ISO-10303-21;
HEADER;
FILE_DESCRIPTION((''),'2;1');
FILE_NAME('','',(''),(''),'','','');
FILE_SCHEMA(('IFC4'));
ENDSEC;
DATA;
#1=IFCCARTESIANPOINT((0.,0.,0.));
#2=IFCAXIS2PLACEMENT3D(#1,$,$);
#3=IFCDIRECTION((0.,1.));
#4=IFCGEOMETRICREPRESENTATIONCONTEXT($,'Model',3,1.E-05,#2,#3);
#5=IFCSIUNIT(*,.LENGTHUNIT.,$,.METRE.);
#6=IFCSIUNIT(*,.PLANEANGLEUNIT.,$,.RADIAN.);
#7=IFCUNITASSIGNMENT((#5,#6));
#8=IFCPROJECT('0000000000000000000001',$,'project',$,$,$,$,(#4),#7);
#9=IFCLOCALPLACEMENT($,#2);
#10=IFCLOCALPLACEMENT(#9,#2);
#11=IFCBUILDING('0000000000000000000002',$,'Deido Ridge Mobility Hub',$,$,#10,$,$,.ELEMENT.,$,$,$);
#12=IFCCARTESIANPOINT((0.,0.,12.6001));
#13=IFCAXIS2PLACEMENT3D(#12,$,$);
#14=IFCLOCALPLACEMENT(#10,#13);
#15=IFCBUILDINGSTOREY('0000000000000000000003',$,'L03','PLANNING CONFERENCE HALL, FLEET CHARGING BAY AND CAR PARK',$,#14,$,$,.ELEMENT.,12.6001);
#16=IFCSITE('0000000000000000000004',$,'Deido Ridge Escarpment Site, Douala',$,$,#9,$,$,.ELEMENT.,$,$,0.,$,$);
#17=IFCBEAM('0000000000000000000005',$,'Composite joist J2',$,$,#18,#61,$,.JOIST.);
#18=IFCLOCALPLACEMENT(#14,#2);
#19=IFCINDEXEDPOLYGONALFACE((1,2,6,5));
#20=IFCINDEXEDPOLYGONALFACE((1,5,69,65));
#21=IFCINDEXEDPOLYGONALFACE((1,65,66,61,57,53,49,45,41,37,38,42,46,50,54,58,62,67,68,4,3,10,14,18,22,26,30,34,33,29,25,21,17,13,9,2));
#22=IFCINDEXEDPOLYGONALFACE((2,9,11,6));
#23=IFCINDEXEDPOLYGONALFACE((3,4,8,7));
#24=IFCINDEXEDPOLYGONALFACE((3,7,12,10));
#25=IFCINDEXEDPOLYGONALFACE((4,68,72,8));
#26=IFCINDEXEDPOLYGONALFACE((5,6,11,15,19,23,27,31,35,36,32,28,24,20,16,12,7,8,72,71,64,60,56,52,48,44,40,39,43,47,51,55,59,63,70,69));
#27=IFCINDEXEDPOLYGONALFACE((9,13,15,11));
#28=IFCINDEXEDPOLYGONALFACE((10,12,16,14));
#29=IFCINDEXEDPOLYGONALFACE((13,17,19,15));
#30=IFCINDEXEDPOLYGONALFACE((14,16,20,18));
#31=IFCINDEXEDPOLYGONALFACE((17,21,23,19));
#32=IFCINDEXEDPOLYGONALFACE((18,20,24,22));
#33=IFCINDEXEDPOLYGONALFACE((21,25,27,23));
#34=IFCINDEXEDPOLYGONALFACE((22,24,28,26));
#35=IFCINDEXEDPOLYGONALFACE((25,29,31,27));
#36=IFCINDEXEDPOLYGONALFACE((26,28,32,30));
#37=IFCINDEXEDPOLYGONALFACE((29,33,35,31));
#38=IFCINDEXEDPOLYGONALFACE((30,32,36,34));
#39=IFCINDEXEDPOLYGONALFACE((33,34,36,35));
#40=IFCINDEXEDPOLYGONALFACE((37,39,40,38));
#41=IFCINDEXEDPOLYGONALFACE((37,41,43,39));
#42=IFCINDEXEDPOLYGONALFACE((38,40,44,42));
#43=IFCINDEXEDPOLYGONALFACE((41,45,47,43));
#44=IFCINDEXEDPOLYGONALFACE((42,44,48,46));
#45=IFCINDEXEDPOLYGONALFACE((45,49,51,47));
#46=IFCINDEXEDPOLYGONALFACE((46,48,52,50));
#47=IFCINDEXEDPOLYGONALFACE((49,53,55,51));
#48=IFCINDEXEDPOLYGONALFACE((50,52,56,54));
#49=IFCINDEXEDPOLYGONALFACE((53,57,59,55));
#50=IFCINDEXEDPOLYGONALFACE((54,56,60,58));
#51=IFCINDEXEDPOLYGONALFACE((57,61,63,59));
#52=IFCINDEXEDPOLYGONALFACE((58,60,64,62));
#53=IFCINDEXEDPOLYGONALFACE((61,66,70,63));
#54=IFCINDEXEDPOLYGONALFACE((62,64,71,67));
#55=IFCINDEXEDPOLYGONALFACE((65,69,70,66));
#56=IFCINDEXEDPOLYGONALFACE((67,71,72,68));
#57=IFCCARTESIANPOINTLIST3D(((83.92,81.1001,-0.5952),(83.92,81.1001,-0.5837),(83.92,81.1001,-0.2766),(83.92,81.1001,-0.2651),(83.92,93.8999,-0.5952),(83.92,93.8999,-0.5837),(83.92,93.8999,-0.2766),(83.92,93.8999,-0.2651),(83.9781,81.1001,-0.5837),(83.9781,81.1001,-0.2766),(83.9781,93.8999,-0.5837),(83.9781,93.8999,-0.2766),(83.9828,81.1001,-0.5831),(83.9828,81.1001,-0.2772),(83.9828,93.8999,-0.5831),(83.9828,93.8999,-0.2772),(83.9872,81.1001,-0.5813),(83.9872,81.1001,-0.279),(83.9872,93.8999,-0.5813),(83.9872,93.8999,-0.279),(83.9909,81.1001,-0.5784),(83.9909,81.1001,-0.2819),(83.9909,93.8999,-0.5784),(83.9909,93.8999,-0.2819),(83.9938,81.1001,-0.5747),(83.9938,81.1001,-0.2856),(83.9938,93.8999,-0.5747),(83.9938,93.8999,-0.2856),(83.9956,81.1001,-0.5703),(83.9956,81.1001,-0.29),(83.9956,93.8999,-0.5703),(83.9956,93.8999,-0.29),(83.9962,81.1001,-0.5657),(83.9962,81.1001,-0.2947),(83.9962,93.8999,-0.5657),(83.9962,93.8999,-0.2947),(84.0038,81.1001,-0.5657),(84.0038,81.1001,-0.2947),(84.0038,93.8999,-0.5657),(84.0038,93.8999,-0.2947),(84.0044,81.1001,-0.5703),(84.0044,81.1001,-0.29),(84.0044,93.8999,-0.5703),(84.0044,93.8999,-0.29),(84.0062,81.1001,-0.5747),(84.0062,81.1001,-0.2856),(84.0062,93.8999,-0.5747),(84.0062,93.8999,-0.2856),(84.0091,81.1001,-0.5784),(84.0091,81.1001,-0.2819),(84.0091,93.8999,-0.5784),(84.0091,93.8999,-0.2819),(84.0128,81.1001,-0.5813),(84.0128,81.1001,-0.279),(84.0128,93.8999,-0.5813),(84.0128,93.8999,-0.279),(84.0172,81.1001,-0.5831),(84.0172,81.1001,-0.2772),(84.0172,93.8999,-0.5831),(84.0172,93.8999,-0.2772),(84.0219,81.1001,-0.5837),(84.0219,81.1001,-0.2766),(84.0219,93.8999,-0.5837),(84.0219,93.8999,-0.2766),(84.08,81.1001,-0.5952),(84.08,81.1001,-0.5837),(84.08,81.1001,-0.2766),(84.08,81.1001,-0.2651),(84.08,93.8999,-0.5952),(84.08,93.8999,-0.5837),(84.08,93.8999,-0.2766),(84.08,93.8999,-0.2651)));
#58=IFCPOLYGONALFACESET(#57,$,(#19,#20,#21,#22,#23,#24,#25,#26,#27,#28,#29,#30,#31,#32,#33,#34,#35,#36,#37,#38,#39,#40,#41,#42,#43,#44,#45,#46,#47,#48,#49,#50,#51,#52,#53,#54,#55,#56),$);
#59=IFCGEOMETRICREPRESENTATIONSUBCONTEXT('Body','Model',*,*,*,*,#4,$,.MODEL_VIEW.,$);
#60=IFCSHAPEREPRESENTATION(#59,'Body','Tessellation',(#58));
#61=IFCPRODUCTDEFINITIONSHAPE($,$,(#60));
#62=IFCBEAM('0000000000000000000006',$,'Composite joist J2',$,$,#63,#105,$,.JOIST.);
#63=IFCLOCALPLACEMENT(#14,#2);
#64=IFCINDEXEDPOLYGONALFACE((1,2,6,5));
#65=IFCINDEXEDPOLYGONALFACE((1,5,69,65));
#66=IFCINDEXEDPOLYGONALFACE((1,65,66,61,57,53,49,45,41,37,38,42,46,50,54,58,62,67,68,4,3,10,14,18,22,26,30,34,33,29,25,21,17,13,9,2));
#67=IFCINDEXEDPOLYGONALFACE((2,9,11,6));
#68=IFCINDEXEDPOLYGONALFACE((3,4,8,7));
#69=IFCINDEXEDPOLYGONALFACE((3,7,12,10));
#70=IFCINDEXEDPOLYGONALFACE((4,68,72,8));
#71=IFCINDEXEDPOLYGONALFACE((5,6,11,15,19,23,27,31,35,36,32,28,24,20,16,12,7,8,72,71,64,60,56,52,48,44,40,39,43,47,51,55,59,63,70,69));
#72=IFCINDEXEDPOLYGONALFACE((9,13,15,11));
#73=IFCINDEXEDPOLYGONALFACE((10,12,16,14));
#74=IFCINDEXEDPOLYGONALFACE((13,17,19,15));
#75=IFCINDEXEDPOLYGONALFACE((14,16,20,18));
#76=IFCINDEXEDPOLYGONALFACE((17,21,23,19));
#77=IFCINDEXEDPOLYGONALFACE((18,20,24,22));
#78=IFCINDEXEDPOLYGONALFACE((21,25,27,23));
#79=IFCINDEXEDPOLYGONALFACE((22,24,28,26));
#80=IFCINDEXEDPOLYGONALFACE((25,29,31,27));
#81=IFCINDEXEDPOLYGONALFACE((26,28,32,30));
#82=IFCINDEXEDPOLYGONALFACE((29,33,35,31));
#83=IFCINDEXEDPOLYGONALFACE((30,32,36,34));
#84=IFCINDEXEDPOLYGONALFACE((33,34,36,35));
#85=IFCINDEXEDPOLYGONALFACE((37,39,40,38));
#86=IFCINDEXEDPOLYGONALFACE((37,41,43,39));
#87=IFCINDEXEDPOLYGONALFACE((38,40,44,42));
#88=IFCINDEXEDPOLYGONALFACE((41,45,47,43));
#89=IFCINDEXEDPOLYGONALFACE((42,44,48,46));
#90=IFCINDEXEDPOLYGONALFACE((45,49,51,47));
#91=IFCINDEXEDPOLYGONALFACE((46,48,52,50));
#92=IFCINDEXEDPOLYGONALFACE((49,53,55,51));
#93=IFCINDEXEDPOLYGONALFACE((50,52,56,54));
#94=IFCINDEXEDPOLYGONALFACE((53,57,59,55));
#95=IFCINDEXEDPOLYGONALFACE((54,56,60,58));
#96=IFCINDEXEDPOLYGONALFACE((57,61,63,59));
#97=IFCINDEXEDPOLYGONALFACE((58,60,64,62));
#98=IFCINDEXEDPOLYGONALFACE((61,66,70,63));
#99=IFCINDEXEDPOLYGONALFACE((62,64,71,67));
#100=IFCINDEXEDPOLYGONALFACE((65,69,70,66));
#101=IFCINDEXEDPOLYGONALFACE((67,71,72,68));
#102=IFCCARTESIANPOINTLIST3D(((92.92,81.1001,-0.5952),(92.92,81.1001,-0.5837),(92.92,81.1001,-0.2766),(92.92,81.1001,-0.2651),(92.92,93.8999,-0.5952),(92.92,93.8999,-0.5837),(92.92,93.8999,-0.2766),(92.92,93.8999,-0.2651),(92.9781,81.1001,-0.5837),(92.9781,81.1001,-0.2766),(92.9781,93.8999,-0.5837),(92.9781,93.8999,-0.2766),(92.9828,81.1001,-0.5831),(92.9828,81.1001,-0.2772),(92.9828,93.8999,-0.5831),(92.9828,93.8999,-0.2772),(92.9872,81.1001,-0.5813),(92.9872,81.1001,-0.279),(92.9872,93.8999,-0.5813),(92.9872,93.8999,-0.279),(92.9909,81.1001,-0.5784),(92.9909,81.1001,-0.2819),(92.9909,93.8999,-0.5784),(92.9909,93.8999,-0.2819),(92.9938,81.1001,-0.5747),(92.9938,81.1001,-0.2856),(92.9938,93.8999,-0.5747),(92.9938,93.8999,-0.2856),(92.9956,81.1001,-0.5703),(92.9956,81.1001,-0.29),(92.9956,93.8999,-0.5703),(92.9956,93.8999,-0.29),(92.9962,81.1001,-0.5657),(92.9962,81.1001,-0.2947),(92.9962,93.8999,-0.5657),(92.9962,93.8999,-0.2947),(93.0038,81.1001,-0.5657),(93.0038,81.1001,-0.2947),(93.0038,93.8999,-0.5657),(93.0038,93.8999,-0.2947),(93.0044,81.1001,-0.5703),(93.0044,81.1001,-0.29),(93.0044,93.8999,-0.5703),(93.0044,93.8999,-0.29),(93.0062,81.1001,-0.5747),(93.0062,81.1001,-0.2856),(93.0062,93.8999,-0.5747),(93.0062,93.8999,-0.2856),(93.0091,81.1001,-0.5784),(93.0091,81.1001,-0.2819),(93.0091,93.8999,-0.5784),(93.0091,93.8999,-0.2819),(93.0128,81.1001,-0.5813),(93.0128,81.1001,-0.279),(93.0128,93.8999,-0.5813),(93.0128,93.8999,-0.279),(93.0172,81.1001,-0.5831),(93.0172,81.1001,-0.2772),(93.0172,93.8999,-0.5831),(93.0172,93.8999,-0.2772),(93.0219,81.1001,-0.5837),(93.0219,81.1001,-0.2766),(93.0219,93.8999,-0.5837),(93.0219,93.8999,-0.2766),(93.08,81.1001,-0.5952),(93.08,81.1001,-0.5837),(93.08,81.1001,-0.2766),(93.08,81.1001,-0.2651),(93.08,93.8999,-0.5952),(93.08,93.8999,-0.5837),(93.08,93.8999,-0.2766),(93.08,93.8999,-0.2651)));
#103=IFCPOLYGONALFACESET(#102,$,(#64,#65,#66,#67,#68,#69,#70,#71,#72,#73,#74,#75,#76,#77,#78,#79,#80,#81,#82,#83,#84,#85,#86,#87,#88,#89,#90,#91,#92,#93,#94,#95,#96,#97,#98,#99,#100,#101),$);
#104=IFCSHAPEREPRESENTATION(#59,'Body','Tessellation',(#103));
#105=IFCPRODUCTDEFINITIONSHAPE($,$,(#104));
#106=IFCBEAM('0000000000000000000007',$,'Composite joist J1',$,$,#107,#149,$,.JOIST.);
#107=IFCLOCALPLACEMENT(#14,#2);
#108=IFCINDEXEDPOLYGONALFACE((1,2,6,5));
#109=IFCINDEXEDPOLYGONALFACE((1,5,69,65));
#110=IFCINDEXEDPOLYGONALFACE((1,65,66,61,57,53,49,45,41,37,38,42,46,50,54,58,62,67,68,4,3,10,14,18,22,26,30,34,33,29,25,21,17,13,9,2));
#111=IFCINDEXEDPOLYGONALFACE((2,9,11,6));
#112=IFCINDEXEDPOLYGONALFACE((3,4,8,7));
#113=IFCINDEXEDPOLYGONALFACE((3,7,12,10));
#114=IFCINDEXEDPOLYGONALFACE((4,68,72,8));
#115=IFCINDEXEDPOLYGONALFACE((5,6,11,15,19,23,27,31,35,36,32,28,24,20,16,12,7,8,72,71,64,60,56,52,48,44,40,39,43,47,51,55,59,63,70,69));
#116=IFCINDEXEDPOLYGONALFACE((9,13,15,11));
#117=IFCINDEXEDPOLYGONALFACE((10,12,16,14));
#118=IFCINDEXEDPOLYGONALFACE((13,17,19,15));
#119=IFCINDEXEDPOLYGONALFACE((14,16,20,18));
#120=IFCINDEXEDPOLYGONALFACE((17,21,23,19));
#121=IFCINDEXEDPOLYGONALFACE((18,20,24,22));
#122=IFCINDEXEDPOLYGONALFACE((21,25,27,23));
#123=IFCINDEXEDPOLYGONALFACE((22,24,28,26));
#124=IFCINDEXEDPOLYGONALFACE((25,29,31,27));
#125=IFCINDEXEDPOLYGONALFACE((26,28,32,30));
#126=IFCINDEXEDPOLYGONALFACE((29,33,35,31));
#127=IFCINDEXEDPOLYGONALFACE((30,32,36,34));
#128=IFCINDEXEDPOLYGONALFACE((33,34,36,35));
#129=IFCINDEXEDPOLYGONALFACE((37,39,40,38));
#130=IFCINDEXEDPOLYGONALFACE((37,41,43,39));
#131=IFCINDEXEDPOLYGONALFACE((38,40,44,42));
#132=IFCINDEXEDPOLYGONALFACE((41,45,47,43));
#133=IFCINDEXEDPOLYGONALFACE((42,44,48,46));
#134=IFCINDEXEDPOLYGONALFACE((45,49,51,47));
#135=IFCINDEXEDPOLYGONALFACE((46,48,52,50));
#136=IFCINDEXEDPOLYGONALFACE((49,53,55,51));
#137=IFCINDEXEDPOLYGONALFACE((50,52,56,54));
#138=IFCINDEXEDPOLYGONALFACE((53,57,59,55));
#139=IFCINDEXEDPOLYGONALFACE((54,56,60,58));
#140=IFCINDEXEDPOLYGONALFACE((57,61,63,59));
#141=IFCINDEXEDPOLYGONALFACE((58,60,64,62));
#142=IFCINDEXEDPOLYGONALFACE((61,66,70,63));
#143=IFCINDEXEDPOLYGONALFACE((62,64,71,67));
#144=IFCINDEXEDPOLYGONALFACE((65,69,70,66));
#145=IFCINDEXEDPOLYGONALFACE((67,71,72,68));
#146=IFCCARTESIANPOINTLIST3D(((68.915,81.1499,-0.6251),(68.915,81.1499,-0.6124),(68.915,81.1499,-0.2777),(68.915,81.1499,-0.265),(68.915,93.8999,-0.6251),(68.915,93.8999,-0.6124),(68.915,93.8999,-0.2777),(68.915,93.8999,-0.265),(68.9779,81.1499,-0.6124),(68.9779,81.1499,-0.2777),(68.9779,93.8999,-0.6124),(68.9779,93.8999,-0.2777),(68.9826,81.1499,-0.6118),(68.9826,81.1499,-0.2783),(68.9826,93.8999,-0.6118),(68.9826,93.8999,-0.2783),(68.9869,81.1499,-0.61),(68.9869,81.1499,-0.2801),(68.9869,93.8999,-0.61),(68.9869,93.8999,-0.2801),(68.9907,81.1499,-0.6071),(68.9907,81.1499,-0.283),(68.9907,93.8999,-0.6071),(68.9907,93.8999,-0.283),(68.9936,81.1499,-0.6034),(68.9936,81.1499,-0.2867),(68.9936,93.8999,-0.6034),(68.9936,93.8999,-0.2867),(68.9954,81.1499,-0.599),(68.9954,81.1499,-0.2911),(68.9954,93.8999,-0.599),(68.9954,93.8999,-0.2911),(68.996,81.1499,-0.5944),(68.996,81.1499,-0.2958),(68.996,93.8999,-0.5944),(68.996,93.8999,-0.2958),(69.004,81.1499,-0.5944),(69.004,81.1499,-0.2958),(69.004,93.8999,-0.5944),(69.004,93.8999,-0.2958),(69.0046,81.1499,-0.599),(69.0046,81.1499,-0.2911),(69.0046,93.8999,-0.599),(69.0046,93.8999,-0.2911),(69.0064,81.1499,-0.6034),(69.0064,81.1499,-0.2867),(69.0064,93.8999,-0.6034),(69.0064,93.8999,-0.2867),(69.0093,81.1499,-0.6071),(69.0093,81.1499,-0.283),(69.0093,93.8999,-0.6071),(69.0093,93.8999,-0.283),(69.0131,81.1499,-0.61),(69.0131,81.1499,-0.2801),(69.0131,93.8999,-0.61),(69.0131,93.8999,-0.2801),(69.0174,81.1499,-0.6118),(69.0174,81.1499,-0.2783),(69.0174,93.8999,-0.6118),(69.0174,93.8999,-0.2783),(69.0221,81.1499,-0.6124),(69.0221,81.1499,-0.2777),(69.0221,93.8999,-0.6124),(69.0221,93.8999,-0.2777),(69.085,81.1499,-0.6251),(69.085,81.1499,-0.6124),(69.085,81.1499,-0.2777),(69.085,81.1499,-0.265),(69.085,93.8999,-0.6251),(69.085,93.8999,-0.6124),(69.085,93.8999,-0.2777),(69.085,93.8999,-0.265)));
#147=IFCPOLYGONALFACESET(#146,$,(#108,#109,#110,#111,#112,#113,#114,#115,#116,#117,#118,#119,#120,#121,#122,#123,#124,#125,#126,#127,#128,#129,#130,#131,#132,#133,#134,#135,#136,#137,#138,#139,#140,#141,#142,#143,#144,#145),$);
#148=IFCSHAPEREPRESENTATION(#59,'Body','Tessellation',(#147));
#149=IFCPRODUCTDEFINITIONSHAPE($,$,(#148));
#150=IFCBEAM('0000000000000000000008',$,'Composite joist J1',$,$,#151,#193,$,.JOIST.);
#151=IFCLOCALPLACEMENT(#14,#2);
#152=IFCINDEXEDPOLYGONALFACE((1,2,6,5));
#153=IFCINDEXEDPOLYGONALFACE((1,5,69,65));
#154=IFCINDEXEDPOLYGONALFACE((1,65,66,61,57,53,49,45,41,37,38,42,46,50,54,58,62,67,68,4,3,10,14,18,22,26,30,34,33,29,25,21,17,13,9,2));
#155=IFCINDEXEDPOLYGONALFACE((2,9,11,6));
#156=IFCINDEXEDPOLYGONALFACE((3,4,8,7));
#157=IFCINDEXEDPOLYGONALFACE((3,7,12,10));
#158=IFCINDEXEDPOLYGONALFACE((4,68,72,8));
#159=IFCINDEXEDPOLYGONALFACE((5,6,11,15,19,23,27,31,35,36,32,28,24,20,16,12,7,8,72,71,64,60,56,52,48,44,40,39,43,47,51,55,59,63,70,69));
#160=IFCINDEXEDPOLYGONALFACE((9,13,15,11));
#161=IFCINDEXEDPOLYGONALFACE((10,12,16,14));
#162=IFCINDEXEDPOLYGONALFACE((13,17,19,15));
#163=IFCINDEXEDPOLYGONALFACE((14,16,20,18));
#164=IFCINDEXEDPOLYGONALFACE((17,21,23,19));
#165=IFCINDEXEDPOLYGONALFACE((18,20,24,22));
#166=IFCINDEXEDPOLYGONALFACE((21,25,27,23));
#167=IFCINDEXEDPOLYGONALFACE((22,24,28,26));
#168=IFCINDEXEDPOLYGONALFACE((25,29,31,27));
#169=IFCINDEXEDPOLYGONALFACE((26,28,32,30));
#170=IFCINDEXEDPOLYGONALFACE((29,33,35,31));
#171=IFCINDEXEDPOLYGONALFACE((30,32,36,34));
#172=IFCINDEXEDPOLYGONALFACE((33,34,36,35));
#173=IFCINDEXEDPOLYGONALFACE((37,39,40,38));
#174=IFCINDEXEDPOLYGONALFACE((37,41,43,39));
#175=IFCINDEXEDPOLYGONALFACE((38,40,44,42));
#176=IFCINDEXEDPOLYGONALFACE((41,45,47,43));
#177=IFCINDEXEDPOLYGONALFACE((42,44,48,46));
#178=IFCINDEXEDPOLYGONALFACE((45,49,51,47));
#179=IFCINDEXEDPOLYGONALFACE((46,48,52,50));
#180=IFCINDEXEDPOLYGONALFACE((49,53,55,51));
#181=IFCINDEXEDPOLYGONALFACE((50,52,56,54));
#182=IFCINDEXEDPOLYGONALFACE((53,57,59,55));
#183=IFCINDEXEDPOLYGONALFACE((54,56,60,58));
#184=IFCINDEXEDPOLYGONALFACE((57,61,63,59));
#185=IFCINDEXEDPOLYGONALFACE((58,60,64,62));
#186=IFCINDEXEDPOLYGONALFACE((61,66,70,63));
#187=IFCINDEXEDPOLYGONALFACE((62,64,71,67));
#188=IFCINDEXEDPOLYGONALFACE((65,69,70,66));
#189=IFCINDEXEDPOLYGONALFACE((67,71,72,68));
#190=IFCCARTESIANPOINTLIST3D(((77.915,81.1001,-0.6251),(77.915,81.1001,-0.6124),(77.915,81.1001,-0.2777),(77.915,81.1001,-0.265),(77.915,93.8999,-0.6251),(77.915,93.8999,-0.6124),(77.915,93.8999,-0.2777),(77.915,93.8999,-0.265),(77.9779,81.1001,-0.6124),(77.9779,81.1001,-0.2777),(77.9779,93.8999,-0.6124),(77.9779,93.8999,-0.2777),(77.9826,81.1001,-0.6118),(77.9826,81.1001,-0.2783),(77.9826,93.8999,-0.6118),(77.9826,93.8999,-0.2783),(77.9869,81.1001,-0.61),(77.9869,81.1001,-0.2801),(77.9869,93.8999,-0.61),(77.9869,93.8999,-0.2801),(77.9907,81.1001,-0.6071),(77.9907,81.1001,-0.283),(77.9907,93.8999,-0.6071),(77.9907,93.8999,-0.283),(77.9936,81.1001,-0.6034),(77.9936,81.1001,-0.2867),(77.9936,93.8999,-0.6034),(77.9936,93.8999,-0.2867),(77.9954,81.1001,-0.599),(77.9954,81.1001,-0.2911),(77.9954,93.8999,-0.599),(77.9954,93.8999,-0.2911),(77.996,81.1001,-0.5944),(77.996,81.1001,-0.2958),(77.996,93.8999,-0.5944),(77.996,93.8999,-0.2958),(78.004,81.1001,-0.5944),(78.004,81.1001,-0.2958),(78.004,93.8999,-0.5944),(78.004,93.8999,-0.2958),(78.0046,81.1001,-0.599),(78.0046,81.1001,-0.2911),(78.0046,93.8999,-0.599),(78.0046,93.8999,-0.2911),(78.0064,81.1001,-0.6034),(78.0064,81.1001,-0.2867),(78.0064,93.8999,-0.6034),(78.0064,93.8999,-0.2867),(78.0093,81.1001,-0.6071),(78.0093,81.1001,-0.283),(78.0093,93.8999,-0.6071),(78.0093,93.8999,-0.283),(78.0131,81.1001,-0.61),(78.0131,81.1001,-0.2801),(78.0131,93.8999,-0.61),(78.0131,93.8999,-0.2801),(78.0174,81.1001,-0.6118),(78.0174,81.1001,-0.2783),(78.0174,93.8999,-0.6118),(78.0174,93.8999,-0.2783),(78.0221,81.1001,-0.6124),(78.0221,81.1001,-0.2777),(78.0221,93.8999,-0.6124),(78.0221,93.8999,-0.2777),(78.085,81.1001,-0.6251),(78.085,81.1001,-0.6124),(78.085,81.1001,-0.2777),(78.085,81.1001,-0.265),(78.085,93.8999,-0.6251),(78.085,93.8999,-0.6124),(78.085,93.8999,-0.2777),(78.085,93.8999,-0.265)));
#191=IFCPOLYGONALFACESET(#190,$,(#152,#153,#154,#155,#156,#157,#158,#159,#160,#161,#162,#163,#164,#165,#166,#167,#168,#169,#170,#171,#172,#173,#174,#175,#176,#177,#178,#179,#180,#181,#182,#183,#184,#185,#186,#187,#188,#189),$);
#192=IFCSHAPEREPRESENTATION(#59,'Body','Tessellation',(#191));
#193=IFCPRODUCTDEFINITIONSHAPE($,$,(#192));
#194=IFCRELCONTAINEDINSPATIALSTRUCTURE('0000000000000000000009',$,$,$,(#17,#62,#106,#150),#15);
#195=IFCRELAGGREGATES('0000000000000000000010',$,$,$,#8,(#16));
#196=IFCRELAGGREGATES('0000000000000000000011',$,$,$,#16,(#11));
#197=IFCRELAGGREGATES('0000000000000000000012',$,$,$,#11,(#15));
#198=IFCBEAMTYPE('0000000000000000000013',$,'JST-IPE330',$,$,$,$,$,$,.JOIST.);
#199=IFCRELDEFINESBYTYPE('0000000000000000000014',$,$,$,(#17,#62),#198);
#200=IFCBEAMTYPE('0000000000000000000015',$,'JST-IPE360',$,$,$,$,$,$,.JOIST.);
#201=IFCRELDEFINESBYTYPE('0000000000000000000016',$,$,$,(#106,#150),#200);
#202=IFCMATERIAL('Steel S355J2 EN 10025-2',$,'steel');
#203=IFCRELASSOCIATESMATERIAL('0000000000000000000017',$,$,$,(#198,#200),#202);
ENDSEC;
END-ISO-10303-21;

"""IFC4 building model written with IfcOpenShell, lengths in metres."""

from ifc_helpers import new_model, si_unit, direction, frame, origin, origin_2d, place, context, subcontext, project, spatial, i_section, extrude, material, material_profile, profile_set, type_object, element, save


model = new_model("IFC4")

# Units and contexts
model_context = context("Model", 3, precision=1e-05, world=origin(), true_north=direction((0.0, 1.0)))
body_context = subcontext(model_context, "Body", "Model", "MODEL_VIEW")
ifc_project = project(units=[si_unit("LENGTHUNIT", "METRE"), si_unit("PLANEANGLEUNIT", "RADIAN")], contexts=[model_context])

# Site, building, storey
site_placement = place(None, origin())
site = spatial("IfcSite", under=ifc_project, at=site_placement, Name="Deido Ridge Escarpment Site, Douala", CompositionType="ELEMENT", RefElevation=0.0)
building_placement = place(site_placement, origin())
building = spatial("IfcBuilding", under=site, at=building_placement, Name="Deido Ridge Mobility Hub", CompositionType="ELEMENT")
storey_placement = place(building_placement, frame((0.0, 0.0, 12.6001)))
storey = spatial("IfcBuildingStorey", under=building, at=storey_placement, Name="L03", Description="PLANNING CONFERENCE HALL, FLEET CHARGING BAY AND CAR PARK", CompositionType="ELEMENT", Elevation=12.6001)

# Shared definitions
ifc_material_1 = material(Name="Steel S355J2 EN 10025-2", Category="steel")

# Beams
ifc_material_profile_1 = material_profile(ifc_material_1, i_section(OverallWidth=0.1599, OverallDepth=0.3301, WebThickness=0.0076, FlangeThickness=0.0115, FilletRadius=0.0181, at=origin_2d()), Name="IPE 330")
ifc_profile_set_1 = profile_set([ifc_material_profile_1], Name="Steel S355J2 EN 10025-2")
beam_type_1 = type_object("IfcBeamType", Name="JST-IPE330", PredefinedType="JOIST", material=ifc_profile_set_1)
for number, where, z_axis, x_axis, name in (
    (1, (84.0, 81.1001, -0.4302), (0.0, 1.0, 0.0), (-1.0, 0.0, 0.0), "Composite joist J2"),
    (2, (93.0, 81.1001, -0.4302), (0.0, 1.0, 0.0), (-1.0, 0.0, 0.0), "Composite joist J2"),
):
    element("IfcBeam", number, at=place(storey_placement, frame(where, z_axis=z_axis, x_axis=x_axis)), inside=storey, type_object=beam_type_1, Name=name, PredefinedType="JOIST", context=body_context, shape_type="SweptSolid", body=[
        extrude(i_section(OverallWidth=0.1599, OverallDepth=0.3301, WebThickness=0.0076, FlangeThickness=0.0115, FilletRadius=0.0181, at=origin_2d()), origin(), (0.0, 0.0, 1.0), 12.7998),
    ])
ifc_material_profile_2 = material_profile(ifc_material_1, i_section(OverallWidth=0.1699, OverallDepth=0.3601, WebThickness=0.0081, FlangeThickness=0.0127, FilletRadius=0.0181, at=origin_2d()), Name="IPE 360")
ifc_profile_set_2 = profile_set([ifc_material_profile_2], Name="Steel S355J2 EN 10025-2")
beam_type_2 = type_object("IfcBeamType", Name="JST-IPE360", PredefinedType="JOIST", material=ifc_profile_set_2)
beam_placement = place(storey_placement, frame((69.0, 81.1499, -0.4451), z_axis=(0.0, 1.0, 0.0), x_axis=(-1.0, 0.0, 0.0)))
element("IfcBeam", 3, at=beam_placement, inside=storey, type_object=beam_type_2, Name="Composite joist J1", PredefinedType="JOIST", context=body_context, shape_type="SweptSolid", body=[
    extrude(i_section(OverallWidth=0.1699, OverallDepth=0.3601, WebThickness=0.0081, FlangeThickness=0.0127, FilletRadius=0.0181, at=origin_2d()), origin(), (0.0, 0.0, 1.0), 12.75),
])
for number, where, z_axis, x_axis, name in (
    (4, (78.0, 81.1001, -0.4451), (0.0, 1.0, 0.0), (-1.0, 0.0, 0.0), "Composite joist J1"),
):
    element("IfcBeam", number, at=place(storey_placement, frame(where, z_axis=z_axis, x_axis=x_axis)), inside=storey, type_object=beam_type_2, Name=name, PredefinedType="JOIST", context=body_context, shape_type="SweptSolid", body=[
        extrude(i_section(OverallWidth=0.1699, OverallDepth=0.3601, WebThickness=0.0081, FlangeThickness=0.0127, FilletRadius=0.0181, at=origin_2d()), origin(), (0.0, 0.0, 1.0), 12.7998),
    ])

save(model, "model.ifc")
